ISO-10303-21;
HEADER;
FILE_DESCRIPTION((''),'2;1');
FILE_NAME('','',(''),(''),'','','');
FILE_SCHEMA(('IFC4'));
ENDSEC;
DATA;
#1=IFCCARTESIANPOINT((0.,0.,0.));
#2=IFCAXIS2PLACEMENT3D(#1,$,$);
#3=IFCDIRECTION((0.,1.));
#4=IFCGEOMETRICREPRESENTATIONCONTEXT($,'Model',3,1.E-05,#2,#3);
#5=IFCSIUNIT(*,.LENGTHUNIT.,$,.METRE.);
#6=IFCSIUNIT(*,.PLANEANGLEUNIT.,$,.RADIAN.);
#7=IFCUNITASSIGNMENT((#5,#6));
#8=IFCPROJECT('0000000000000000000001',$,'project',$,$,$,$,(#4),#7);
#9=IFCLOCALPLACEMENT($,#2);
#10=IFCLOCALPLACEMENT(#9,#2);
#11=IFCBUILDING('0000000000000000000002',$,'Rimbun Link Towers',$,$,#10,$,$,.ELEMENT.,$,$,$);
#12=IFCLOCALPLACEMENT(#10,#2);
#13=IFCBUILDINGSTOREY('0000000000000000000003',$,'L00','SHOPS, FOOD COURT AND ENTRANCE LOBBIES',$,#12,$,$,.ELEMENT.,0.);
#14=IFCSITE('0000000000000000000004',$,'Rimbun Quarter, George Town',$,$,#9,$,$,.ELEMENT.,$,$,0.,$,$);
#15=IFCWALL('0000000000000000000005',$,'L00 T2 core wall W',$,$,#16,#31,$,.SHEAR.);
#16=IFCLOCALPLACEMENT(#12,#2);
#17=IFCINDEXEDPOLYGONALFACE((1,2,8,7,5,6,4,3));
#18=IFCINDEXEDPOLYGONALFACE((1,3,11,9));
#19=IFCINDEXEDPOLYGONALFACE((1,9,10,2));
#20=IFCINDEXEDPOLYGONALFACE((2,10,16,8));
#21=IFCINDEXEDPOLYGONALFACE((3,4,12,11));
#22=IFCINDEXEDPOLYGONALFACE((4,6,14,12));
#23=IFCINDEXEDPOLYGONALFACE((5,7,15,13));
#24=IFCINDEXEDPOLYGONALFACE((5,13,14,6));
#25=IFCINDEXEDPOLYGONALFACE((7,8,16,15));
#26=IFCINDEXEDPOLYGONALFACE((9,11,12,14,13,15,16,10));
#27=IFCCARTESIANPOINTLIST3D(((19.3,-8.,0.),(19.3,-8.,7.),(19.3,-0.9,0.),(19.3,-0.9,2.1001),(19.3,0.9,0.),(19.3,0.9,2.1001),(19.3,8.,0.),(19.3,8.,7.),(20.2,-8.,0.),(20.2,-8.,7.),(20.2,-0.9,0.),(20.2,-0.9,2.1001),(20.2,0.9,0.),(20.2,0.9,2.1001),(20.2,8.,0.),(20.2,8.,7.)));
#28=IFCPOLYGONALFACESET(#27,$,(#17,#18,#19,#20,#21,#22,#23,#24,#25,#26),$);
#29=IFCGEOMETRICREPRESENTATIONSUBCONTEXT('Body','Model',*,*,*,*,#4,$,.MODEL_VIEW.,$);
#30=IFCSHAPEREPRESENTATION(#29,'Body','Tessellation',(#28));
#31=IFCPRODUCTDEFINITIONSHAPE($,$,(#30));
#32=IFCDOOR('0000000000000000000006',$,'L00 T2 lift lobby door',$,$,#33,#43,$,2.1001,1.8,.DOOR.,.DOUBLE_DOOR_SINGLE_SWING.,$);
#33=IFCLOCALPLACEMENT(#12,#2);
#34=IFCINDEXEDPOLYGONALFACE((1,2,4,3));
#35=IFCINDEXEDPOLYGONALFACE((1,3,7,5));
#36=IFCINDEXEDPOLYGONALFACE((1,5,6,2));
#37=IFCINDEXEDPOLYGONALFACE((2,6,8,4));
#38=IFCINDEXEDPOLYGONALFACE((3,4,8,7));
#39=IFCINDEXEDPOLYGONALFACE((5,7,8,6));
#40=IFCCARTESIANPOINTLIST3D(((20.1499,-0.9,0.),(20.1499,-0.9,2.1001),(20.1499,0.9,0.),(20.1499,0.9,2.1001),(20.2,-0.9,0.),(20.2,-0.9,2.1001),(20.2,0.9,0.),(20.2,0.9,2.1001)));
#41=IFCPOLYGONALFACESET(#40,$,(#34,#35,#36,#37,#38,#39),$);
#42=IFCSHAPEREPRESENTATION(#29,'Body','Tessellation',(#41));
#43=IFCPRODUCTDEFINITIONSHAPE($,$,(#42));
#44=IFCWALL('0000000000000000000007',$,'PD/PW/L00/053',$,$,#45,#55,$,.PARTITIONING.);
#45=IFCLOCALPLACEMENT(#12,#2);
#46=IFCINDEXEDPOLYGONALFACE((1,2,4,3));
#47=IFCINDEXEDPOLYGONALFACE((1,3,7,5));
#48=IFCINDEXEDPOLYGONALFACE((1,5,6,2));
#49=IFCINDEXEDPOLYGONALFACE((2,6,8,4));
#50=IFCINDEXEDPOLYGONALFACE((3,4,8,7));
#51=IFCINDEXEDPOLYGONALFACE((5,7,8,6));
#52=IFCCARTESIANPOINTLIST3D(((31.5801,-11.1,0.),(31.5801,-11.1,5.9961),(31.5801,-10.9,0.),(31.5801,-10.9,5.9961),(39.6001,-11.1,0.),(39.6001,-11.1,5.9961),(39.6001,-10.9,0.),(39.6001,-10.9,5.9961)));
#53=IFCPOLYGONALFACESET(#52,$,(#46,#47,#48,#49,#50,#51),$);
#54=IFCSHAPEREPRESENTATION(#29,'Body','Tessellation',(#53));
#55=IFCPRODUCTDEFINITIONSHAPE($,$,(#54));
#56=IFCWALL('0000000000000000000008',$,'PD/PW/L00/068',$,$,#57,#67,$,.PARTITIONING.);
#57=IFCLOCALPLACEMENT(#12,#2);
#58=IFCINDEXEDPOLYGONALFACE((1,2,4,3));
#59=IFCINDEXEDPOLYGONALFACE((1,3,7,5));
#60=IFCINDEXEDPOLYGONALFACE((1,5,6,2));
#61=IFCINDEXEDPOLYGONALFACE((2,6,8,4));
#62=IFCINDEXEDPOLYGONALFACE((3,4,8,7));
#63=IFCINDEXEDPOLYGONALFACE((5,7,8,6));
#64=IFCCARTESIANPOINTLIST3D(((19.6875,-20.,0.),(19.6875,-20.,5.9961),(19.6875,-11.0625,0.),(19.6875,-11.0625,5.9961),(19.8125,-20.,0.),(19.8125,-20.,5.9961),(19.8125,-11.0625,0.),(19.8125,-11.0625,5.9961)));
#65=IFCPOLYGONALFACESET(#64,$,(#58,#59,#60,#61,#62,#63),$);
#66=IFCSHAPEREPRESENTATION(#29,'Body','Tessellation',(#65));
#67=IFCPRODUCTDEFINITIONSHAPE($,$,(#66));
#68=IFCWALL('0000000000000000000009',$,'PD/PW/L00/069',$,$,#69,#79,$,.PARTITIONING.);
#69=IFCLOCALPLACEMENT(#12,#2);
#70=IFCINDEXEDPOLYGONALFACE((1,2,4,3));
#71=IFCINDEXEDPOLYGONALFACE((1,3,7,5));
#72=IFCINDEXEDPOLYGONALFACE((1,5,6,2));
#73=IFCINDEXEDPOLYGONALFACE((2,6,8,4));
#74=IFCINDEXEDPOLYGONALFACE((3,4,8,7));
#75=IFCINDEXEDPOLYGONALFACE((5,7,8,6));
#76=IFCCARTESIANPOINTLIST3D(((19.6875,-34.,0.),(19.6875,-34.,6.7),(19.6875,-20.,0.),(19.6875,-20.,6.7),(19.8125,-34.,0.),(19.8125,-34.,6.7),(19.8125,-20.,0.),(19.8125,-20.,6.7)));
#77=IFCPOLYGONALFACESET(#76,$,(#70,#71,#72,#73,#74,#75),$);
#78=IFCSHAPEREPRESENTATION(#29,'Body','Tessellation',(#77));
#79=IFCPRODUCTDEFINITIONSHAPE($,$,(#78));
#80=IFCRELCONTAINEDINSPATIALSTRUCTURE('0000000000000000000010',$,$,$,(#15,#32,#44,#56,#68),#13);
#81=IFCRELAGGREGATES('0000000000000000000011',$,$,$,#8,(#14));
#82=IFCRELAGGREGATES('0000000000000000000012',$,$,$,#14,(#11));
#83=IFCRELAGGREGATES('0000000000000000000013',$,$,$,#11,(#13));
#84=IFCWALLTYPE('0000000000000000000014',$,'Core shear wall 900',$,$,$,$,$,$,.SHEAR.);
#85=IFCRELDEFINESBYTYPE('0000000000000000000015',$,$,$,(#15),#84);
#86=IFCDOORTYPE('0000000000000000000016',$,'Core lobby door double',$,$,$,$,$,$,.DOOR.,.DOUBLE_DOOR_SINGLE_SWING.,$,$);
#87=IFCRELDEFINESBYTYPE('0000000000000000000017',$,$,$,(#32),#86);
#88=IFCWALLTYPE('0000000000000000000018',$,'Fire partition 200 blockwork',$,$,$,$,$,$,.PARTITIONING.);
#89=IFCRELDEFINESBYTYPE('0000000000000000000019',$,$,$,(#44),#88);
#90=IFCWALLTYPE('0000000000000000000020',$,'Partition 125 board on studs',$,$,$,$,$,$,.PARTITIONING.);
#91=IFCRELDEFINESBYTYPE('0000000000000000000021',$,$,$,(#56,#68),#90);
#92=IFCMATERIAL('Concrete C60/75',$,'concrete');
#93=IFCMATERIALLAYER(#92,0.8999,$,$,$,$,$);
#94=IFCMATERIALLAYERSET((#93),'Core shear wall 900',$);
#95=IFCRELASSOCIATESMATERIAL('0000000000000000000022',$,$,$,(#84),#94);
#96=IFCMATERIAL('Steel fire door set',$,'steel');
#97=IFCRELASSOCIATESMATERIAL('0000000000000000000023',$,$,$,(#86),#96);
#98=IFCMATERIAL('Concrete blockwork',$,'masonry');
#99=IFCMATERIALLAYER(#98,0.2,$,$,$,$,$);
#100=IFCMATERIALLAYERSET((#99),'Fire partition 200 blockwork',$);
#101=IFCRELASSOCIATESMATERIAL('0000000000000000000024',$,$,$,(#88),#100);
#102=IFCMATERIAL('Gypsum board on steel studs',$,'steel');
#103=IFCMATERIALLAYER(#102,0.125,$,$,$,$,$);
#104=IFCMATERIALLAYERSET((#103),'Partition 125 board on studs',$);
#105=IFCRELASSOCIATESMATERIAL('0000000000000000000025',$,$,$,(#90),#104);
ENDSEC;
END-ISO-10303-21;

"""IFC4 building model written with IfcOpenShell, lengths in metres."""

from ifc_helpers import new_model, si_unit, direction, frame, frame_2d, origin, place, context, subcontext, project, spatial, rectangle, extrude, material, layer, layer_set, type_object, element, fill, save


model = new_model("IFC4")

# Units and contexts
model_context = context("Model", 3, precision=1e-05, world=origin(), true_north=direction((0.0, 1.0)))
body_context = subcontext(model_context, "Body", "Model", "MODEL_VIEW")
ifc_project = project(units=[si_unit("LENGTHUNIT", "METRE"), si_unit("PLANEANGLEUNIT", "RADIAN")], contexts=[model_context])

# Site, building, storey
site_placement = place(None, origin())
site = spatial("IfcSite", under=ifc_project, at=site_placement, Name="Rimbun Quarter, George Town", CompositionType="ELEMENT", RefElevation=0.0)
building_placement = place(site_placement, origin())
building = spatial("IfcBuilding", under=site, at=building_placement, Name="Rimbun Link Towers", CompositionType="ELEMENT")
storey_placement = place(building_placement, origin())
storey = spatial("IfcBuildingStorey", under=building, at=storey_placement, Name="L00", Description="SHOPS, FOOD COURT AND ENTRANCE LOBBIES", CompositionType="ELEMENT", Elevation=0.0)

# Shared definitions
ifc_material_1 = material(Name="Concrete C60/75", Category="concrete")
ifc_layer_1 = layer(ifc_material_1, 0.8999)
ifc_layer_set_1 = layer_set([ifc_layer_1], Name="Core shear wall 900")
wall_type_1 = type_object("IfcWallType", Name="Core shear wall 900", PredefinedType="SHEAR", material=ifc_layer_set_1)

# Wall, opening, door
wall_1_placement = place(storey_placement, frame((19.75, -8.0, 0.0), z_axis=(0.0, 0.0, 1.0), x_axis=(0.0, 1.0, 0.0)))
wall_1 = element("IfcWall", 1, at=wall_1_placement, inside=storey, type_object=wall_type_1, Name="L00 T2 core wall W", PredefinedType="SHEAR", context=body_context, shape_type="SweptSolid", body=[
    extrude(rectangle(XDim=16.0, YDim=0.8999, at=frame_2d((8.0, 0.0))), origin(), (0.0, 0.0, 1.0), 7.0),
])
opening_1_placement = place(wall_1_placement, frame((7.1001, 0.0, 0.0)))
opening_1 = element("IfcOpeningElement", 2, at=opening_1_placement, cuts=wall_1, PredefinedType="OPENING", context=body_context, shape_type="SweptSolid", body=[
    extrude(rectangle(XDim=1.8, YDim=2.1001, at=frame_2d((0.8999, 1.05))), frame((0.0, 0.46, 0.0), z_axis=(0.0, -1.0, 0.0), x_axis=(1.0, 0.0, 0.0)), (0.0, 0.0, 1.0), 0.9199),
])
ifc_material_2 = material(Name="Steel fire door set", Category="steel")
door_type_1 = type_object("IfcDoorType", Name="Core lobby door double", OperationType="DOUBLE_DOOR_SINGLE_SWING", PredefinedType="DOOR", material=ifc_material_2)
door_1_placement = place(opening_1_placement, origin())
door_1 = element("IfcDoor", 3, at=door_1_placement, inside=storey, type_object=door_type_1, Name="L00 T2 lift lobby door", OperationType="DOUBLE_DOOR_SINGLE_SWING", OverallHeight=2.1001, OverallWidth=1.8, PredefinedType="DOOR", context=body_context, shape_type="SweptSolid", body=[
    extrude(rectangle(XDim=1.8, YDim=2.1001, at=frame_2d((0.8999, 1.05))), frame((0.0, -0.3999, 0.0), z_axis=(0.0, -1.0, 0.0), x_axis=(1.0, 0.0, 0.0)), (0.0, 0.0, 1.0), 0.05),
])
fill(opening_1, door_1)

# Walls
ifc_material_3 = material(Name="Concrete blockwork", Category="masonry")
ifc_layer_2 = layer(ifc_material_3, 0.2)
ifc_layer_set_2 = layer_set([ifc_layer_2], Name="Fire partition 200 blockwork")
wall_type_2 = type_object("IfcWallType", Name="Fire partition 200 blockwork", PredefinedType="PARTITIONING", material=ifc_layer_set_2)
wall_2_placement = place(storey_placement, frame((31.5801, -11.0, 0.0), z_axis=(0.0, 0.0, 1.0), x_axis=(1.0, 0.0, 0.0)))
element("IfcWall", 4, at=wall_2_placement, inside=storey, type_object=wall_type_2, Name="PD/PW/L00/053", PredefinedType="PARTITIONING", context=body_context, shape_type="SweptSolid", body=[
    extrude(rectangle(XDim=8.02, YDim=0.2, at=frame_2d((4.01, 0.0))), origin(), (0.0, 0.0, 1.0), 5.9961),
])
ifc_material_4 = material(Name="Gypsum board on steel studs", Category="steel")
ifc_layer_3 = layer(ifc_material_4, 0.125)
ifc_layer_set_3 = layer_set([ifc_layer_3], Name="Partition 125 board on studs")
wall_type_3 = type_object("IfcWallType", Name="Partition 125 board on studs", PredefinedType="PARTITIONING", material=ifc_layer_set_3)
wall_3_placement = place(storey_placement, frame((19.75, -11.0625, 0.0), z_axis=(0.0, 0.0, 1.0), x_axis=(0.0, -1.0, 0.0)))
element("IfcWall", 5, at=wall_3_placement, inside=storey, type_object=wall_type_3, Name="PD/PW/L00/068", PredefinedType="PARTITIONING", context=body_context, shape_type="SweptSolid", body=[
    extrude(rectangle(XDim=8.9375, YDim=0.125, at=frame_2d((4.4688, 0.0))), origin(), (0.0, 0.0, 1.0), 5.9961),
])
wall_4_placement = place(storey_placement, frame((19.75, -20.0, 0.0), z_axis=(0.0, 0.0, 1.0), x_axis=(0.0, -1.0, 0.0)))
element("IfcWall", 6, at=wall_4_placement, inside=storey, type_object=wall_type_3, Name="PD/PW/L00/069", PredefinedType="PARTITIONING", context=body_context, shape_type="SweptSolid", body=[
    extrude(rectangle(XDim=14.0, YDim=0.125, at=frame_2d((7.0, 0.0))), origin(), (0.0, 0.0, 1.0), 6.7),
])

save(model, "model.ifc")
